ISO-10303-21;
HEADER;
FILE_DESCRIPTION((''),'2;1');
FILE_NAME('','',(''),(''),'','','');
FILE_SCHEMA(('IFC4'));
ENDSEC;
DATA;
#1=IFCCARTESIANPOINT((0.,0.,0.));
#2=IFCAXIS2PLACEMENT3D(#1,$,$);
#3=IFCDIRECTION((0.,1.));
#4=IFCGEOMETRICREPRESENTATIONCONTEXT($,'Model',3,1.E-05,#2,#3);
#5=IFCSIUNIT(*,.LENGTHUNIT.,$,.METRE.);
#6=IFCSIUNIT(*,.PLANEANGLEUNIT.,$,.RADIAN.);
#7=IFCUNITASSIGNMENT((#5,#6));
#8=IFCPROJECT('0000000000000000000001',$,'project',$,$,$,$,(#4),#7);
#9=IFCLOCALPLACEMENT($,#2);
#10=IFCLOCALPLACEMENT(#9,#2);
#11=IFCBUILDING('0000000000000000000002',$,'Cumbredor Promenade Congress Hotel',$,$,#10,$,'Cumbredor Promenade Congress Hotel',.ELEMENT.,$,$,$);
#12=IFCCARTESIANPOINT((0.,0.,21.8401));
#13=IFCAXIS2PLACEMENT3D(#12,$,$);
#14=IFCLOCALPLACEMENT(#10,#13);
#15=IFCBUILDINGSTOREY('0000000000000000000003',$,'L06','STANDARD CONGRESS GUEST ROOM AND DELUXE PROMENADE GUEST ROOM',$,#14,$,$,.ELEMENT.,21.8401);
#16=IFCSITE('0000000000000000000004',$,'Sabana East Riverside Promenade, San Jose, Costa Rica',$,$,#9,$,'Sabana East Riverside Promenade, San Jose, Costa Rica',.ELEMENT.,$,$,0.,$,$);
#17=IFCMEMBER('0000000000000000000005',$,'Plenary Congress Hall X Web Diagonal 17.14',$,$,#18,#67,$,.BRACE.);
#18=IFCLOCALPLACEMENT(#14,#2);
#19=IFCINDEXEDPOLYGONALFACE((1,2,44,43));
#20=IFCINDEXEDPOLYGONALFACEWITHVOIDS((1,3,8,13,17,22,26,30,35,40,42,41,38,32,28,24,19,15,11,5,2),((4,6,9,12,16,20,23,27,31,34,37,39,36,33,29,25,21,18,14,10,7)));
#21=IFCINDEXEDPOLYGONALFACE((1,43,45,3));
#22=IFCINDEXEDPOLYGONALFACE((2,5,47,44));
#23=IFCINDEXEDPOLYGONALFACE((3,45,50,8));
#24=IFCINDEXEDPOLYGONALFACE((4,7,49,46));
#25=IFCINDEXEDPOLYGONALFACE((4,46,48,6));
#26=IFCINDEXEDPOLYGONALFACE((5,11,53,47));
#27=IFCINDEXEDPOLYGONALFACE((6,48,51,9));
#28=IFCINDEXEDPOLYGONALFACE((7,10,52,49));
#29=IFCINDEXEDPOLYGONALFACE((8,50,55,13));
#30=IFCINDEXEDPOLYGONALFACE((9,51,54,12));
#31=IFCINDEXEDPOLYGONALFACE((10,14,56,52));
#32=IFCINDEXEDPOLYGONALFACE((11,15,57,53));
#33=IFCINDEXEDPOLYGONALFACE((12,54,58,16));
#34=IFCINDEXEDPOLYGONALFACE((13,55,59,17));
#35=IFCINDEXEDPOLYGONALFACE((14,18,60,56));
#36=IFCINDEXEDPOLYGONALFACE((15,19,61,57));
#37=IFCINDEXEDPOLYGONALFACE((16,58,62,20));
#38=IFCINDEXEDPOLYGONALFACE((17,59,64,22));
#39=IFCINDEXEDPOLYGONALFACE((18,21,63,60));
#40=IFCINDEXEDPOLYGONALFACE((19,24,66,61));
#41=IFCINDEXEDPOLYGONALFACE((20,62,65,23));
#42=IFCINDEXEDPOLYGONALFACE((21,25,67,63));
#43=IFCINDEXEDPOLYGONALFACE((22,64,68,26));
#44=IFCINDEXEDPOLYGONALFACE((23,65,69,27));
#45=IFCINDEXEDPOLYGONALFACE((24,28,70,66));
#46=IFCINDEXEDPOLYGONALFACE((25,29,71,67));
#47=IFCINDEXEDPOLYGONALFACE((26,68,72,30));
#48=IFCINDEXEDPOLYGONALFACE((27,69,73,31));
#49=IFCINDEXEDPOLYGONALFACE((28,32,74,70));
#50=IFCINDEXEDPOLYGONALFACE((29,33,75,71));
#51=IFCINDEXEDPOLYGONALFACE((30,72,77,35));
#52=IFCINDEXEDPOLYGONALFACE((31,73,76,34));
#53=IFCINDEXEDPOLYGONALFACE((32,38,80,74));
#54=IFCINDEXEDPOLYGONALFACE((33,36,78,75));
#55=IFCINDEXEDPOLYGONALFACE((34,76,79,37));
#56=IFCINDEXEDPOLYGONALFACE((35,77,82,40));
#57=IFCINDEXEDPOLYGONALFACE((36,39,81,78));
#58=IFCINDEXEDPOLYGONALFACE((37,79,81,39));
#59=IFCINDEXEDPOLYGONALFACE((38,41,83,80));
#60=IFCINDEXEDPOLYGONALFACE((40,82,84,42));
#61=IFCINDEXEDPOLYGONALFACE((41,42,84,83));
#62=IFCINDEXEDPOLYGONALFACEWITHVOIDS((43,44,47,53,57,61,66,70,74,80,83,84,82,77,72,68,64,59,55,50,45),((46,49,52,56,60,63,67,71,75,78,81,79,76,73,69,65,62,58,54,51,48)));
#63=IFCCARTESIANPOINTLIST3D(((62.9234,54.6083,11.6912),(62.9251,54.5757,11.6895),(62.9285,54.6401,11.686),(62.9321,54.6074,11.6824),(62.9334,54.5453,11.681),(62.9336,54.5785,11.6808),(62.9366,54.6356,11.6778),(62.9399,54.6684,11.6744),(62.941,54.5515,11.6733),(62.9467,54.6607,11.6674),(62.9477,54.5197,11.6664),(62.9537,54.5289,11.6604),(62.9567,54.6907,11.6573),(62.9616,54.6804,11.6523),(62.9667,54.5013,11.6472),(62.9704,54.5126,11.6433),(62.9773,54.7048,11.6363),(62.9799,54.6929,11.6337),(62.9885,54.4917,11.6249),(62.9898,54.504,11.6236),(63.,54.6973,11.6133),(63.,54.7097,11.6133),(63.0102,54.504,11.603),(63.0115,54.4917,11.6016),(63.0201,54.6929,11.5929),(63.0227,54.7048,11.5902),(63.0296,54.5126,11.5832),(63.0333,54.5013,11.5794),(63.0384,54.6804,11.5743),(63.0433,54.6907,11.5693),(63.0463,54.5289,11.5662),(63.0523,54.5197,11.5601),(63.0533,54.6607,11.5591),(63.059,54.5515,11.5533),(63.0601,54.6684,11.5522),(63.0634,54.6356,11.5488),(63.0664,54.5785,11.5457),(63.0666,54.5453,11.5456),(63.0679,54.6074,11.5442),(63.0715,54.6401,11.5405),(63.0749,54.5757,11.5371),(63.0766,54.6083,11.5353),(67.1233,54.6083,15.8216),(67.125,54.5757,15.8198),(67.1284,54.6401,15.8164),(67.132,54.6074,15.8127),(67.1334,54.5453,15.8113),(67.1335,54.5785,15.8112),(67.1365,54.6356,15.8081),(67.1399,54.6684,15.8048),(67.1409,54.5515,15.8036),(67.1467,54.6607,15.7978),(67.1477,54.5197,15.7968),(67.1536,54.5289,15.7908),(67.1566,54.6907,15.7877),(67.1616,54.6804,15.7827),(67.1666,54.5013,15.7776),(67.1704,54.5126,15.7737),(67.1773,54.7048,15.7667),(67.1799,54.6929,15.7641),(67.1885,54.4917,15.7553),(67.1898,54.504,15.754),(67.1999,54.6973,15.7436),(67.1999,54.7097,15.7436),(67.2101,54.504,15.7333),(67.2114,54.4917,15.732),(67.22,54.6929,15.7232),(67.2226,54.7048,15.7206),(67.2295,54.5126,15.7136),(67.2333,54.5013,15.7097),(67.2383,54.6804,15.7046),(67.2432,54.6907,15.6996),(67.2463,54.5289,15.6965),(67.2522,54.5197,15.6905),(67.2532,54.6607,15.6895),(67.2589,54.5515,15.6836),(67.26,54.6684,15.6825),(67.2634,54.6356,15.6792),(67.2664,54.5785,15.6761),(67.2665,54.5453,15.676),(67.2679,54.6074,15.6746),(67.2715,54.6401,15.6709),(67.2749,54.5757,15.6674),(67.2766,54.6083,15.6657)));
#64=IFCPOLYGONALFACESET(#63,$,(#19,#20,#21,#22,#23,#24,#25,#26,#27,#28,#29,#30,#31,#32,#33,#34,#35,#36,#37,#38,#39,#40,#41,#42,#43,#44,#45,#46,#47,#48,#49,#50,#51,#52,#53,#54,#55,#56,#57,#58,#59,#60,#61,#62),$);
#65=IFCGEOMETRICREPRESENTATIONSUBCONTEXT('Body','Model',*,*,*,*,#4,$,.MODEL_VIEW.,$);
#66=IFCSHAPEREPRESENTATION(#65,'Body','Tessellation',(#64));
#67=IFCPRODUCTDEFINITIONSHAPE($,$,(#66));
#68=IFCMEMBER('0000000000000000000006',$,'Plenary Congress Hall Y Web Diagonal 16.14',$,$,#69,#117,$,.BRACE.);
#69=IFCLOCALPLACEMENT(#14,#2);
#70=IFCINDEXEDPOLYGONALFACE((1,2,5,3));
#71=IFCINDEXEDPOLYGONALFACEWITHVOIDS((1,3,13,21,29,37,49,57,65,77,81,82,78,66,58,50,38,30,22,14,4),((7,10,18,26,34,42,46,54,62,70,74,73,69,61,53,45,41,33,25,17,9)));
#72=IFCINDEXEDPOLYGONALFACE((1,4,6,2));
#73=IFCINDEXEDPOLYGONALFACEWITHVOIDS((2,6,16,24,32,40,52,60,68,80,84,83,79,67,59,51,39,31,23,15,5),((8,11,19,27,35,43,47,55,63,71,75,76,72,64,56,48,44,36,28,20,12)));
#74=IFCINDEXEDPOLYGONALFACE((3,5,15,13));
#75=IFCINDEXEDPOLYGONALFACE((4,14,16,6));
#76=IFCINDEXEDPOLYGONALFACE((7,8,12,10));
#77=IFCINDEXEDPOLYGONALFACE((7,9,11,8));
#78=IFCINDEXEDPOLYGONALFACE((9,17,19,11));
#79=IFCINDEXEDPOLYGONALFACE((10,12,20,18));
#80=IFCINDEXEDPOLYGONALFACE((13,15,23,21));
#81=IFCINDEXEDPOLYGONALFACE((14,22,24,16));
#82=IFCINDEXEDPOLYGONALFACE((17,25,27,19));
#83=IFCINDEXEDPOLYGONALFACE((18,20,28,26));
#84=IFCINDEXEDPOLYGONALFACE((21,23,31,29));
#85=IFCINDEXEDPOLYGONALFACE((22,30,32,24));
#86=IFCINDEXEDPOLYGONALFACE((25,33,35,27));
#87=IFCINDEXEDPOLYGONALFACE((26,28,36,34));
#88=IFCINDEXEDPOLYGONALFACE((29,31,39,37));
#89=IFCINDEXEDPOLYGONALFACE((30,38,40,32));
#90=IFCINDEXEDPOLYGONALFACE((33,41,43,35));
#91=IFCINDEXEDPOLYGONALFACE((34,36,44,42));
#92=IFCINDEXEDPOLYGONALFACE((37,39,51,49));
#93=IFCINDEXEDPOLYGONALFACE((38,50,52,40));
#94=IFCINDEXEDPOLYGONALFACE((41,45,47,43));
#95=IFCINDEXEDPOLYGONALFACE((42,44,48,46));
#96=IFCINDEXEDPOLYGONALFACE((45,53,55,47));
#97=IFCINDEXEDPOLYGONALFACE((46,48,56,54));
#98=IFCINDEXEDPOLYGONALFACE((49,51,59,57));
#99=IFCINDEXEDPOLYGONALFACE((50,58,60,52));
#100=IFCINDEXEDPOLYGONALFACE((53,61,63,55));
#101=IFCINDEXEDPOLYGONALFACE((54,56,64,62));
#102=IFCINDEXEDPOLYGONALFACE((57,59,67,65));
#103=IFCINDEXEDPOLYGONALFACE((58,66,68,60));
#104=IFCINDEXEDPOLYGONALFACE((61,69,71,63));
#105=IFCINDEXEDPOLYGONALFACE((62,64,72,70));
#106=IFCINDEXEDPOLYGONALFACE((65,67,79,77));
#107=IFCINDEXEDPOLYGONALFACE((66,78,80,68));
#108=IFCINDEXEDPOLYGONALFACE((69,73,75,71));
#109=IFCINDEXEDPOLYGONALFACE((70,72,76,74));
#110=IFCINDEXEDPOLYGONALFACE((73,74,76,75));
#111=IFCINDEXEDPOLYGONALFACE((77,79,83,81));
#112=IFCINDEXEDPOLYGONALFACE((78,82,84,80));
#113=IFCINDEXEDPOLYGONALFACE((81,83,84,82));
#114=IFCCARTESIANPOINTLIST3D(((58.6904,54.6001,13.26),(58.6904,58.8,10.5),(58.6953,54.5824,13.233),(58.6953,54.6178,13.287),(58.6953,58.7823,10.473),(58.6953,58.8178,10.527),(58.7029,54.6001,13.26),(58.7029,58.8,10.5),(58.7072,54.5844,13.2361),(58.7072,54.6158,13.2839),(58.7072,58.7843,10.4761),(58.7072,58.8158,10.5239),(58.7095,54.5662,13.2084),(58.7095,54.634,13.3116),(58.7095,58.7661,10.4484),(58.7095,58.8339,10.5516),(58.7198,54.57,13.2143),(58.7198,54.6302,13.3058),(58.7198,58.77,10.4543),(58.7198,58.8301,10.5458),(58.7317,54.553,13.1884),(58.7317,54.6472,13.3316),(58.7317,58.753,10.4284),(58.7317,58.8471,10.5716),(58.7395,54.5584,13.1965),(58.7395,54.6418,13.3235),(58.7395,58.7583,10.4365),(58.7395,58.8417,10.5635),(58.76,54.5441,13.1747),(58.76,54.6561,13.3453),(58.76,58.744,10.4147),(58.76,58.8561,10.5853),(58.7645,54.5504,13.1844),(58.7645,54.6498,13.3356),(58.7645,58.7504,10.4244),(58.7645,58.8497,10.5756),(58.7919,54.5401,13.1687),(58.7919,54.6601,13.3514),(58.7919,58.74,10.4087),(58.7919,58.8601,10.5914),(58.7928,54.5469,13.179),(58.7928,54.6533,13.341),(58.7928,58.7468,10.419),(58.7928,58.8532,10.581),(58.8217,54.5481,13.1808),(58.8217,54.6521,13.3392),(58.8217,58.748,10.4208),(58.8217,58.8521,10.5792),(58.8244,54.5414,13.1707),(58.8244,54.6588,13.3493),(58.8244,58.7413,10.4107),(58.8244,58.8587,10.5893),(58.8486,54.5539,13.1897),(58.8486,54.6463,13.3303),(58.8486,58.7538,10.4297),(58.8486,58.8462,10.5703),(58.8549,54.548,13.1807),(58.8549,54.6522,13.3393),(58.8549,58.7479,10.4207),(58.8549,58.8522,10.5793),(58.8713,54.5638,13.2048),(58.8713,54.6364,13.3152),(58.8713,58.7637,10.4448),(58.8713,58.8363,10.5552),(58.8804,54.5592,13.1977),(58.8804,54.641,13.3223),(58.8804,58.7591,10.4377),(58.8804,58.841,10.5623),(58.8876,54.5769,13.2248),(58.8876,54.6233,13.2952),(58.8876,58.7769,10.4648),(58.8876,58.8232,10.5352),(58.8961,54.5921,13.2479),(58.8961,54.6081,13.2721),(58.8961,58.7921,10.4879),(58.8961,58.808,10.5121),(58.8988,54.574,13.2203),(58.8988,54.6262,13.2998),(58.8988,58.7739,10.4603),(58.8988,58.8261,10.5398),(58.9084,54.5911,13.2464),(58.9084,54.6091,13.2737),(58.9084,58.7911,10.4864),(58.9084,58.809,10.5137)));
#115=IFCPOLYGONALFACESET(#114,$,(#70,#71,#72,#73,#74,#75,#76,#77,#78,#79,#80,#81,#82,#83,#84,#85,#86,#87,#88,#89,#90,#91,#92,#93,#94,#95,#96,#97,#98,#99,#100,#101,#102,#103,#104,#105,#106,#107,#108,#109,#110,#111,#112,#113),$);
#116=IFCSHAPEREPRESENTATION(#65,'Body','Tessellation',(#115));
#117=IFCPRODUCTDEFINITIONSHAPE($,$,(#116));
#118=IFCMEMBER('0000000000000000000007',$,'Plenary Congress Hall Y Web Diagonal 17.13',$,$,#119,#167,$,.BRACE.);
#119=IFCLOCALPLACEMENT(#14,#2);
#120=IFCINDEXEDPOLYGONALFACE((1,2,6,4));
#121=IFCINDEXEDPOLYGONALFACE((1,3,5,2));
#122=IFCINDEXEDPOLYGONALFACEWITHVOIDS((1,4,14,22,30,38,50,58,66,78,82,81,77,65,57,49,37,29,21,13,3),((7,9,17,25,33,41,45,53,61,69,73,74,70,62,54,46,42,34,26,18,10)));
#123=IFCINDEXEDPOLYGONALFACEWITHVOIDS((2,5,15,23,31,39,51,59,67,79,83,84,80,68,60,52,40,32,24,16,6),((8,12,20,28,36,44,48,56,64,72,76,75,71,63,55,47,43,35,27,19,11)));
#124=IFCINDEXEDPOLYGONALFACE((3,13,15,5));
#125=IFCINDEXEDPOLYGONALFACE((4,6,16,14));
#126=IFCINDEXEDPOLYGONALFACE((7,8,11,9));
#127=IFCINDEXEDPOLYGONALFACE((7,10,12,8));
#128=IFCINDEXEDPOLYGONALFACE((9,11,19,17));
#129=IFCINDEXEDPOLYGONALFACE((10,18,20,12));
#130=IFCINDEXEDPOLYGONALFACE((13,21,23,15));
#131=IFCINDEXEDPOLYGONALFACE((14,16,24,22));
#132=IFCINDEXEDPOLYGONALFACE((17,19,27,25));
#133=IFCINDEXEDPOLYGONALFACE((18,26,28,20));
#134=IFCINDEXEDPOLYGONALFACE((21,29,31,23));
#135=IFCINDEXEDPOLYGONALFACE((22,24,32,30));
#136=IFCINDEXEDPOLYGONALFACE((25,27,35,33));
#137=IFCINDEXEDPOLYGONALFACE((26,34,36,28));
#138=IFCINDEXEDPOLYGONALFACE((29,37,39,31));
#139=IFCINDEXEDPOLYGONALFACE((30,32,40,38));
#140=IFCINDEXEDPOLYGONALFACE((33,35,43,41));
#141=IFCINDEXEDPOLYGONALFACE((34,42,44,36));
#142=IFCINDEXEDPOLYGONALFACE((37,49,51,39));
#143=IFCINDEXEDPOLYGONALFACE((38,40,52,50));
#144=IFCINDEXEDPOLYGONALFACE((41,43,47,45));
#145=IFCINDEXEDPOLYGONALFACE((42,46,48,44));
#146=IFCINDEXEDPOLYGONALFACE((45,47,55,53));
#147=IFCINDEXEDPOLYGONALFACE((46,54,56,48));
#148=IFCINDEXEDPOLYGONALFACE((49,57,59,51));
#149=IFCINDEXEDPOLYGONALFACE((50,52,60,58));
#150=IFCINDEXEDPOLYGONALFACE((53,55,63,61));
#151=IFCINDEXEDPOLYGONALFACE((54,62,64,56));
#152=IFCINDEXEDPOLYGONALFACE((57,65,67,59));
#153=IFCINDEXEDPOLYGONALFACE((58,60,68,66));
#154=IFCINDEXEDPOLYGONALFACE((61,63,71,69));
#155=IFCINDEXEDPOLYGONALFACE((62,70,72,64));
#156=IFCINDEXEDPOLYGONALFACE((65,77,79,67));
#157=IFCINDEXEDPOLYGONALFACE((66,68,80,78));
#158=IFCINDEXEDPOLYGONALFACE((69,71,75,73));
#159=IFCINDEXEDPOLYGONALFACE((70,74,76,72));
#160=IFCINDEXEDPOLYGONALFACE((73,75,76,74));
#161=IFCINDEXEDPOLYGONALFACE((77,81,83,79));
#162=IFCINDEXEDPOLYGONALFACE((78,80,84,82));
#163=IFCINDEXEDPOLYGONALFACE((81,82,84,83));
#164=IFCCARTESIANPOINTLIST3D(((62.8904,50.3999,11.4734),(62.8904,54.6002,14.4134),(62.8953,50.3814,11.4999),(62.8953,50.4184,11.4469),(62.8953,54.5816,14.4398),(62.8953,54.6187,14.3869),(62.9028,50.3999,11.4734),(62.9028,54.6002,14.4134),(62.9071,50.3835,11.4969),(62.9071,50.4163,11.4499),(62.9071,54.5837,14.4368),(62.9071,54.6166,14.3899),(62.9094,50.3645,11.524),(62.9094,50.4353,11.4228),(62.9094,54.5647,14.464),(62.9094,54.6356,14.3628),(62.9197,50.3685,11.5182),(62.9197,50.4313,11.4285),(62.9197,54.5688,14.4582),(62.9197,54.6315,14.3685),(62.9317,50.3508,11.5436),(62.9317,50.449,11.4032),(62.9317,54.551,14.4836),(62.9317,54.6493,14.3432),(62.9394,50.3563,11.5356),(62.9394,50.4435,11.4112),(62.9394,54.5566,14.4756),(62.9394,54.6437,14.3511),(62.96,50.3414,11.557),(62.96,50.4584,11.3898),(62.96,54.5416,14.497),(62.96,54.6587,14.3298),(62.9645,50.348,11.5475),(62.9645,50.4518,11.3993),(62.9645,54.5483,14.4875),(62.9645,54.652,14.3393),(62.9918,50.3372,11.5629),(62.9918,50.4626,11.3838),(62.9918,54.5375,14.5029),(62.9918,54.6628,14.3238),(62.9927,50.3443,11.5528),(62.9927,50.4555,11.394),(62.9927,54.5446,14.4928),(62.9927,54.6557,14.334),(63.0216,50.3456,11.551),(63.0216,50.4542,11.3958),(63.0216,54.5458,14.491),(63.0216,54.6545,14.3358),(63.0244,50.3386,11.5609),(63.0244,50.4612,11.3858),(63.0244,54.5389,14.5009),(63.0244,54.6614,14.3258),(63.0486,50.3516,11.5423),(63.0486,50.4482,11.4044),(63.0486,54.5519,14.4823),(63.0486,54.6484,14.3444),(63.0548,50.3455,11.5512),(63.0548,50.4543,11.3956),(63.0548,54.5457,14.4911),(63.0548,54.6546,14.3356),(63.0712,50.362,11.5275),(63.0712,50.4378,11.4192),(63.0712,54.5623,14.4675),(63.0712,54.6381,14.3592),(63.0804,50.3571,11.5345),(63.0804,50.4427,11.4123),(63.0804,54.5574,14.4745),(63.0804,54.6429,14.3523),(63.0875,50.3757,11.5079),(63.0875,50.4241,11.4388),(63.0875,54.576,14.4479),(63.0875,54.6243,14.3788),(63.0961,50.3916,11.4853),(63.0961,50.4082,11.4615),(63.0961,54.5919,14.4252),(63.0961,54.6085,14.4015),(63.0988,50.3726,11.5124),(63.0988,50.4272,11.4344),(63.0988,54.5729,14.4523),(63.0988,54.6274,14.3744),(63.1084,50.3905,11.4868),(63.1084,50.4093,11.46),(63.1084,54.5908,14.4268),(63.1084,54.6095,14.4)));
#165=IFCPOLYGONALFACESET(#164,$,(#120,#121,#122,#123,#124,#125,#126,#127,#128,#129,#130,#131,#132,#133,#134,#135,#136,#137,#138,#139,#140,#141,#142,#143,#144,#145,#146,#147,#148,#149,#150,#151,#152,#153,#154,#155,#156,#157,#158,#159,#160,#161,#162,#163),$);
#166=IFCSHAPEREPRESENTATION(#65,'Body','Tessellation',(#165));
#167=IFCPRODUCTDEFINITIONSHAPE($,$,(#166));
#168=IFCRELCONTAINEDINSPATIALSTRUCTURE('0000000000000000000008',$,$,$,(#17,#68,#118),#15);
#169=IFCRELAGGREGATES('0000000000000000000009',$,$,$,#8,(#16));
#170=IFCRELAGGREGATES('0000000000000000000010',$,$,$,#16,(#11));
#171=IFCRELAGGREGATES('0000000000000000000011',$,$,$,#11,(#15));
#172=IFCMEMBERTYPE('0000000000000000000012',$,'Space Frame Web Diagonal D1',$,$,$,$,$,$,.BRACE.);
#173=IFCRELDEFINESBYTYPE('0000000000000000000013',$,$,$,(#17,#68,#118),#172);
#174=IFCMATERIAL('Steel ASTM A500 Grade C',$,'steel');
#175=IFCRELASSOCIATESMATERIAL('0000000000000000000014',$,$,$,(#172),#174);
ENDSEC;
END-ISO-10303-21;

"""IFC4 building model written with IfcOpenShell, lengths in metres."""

from ifc_helpers import new_model, si_unit, direction, frame, origin, origin_2d, place, context, subcontext, project, spatial, hollow_circle, extrude, material, material_profile, profile_set, type_object, element, save


model = new_model("IFC4")

# Units and contexts
model_context = context("Model", 3, precision=1e-05, world=origin(), true_north=direction((0.0, 1.0)))
body_context = subcontext(model_context, "Body", "Model", "MODEL_VIEW")
ifc_project = project(units=[si_unit("LENGTHUNIT", "METRE"), si_unit("PLANEANGLEUNIT", "RADIAN")], contexts=[model_context])

# Site, building, storey
site_placement = place(None, origin())
site = spatial("IfcSite", under=ifc_project, at=site_placement, Name="Sabana East Riverside Promenade, San Jose, Costa Rica", LongName="Sabana East Riverside Promenade, San Jose, Costa Rica", CompositionType="ELEMENT", RefElevation=0.0)
building_placement = place(site_placement, origin())
building = spatial("IfcBuilding", under=site, at=building_placement, Name="Cumbredor Promenade Congress Hotel", LongName="Cumbredor Promenade Congress Hotel", CompositionType="ELEMENT")
storey_placement = place(building_placement, frame((0.0, 0.0, 21.8401)))
storey = spatial("IfcBuildingStorey", under=building, at=storey_placement, Name="L06", Description="STANDARD CONGRESS GUEST ROOM AND DELUXE PROMENADE GUEST ROOM", CompositionType="ELEMENT", Elevation=21.8401)

# Members
ifc_material_1 = material(Name="Steel ASTM A500 Grade C", Category="steel")
ifc_material_profile_1 = material_profile(ifc_material_1, hollow_circle(Radius=0.1096, WallThickness=0.0125, at=origin_2d()), Name="CHS 219.1x12.5")
ifc_profile_set_1 = profile_set([ifc_material_profile_1], Name="Steel ASTM A500 Grade C")
member_type_1 = type_object("IfcMemberType", Name="Space Frame Web Diagonal D1", PredefinedType="BRACE", material=ifc_profile_set_1)
member_1_placement = place(storey_placement, frame((63.0, 54.6001, 11.6133), z_axis=(0.712988, 0.0, 0.701176), x_axis=(0.0, 1.0, 0.0)))
element("IfcMember", 1, at=member_1_placement, inside=storey, type_object=member_type_1, Name="Plenary Congress Hall X Web Diagonal 17.14", PredefinedType="BRACE", context=body_context, shape_type="SweptSolid", body=[
    extrude(hollow_circle(Radius=0.1096, WallThickness=0.0125, at=origin_2d()), origin(), (0.0, 0.0, 1.0), 5.8906),
])
member_2_placement = place(storey_placement, frame((58.8, 54.6001, 13.26), z_axis=(0.0, 0.835702, -0.549184), x_axis=(-1.0, 0.0, 0.0)))
element("IfcMember", 2, at=member_2_placement, inside=storey, type_object=member_type_1, Name="Plenary Congress Hall Y Web Diagonal 16.14", PredefinedType="BRACE", context=body_context, shape_type="SweptSolid", body=[
    extrude(hollow_circle(Radius=0.1096, WallThickness=0.0125, at=origin_2d()), origin(), (0.0, 0.0, 1.0), 5.0256),
])
member_3_placement = place(storey_placement, frame((63.0, 50.3999, 11.4734), z_axis=(0.0, 0.81925, 0.573437), x_axis=(-1.0, 0.0, 0.0)))
element("IfcMember", 3, at=member_3_placement, inside=storey, type_object=member_type_1, Name="Plenary Congress Hall Y Web Diagonal 17.13", PredefinedType="BRACE", context=body_context, shape_type="SweptSolid", body=[
    extrude(hollow_circle(Radius=0.1096, WallThickness=0.0125, at=origin_2d()), origin(), (0.0, 0.0, 1.0), 5.127),
])

save(model, "model.ifc")
